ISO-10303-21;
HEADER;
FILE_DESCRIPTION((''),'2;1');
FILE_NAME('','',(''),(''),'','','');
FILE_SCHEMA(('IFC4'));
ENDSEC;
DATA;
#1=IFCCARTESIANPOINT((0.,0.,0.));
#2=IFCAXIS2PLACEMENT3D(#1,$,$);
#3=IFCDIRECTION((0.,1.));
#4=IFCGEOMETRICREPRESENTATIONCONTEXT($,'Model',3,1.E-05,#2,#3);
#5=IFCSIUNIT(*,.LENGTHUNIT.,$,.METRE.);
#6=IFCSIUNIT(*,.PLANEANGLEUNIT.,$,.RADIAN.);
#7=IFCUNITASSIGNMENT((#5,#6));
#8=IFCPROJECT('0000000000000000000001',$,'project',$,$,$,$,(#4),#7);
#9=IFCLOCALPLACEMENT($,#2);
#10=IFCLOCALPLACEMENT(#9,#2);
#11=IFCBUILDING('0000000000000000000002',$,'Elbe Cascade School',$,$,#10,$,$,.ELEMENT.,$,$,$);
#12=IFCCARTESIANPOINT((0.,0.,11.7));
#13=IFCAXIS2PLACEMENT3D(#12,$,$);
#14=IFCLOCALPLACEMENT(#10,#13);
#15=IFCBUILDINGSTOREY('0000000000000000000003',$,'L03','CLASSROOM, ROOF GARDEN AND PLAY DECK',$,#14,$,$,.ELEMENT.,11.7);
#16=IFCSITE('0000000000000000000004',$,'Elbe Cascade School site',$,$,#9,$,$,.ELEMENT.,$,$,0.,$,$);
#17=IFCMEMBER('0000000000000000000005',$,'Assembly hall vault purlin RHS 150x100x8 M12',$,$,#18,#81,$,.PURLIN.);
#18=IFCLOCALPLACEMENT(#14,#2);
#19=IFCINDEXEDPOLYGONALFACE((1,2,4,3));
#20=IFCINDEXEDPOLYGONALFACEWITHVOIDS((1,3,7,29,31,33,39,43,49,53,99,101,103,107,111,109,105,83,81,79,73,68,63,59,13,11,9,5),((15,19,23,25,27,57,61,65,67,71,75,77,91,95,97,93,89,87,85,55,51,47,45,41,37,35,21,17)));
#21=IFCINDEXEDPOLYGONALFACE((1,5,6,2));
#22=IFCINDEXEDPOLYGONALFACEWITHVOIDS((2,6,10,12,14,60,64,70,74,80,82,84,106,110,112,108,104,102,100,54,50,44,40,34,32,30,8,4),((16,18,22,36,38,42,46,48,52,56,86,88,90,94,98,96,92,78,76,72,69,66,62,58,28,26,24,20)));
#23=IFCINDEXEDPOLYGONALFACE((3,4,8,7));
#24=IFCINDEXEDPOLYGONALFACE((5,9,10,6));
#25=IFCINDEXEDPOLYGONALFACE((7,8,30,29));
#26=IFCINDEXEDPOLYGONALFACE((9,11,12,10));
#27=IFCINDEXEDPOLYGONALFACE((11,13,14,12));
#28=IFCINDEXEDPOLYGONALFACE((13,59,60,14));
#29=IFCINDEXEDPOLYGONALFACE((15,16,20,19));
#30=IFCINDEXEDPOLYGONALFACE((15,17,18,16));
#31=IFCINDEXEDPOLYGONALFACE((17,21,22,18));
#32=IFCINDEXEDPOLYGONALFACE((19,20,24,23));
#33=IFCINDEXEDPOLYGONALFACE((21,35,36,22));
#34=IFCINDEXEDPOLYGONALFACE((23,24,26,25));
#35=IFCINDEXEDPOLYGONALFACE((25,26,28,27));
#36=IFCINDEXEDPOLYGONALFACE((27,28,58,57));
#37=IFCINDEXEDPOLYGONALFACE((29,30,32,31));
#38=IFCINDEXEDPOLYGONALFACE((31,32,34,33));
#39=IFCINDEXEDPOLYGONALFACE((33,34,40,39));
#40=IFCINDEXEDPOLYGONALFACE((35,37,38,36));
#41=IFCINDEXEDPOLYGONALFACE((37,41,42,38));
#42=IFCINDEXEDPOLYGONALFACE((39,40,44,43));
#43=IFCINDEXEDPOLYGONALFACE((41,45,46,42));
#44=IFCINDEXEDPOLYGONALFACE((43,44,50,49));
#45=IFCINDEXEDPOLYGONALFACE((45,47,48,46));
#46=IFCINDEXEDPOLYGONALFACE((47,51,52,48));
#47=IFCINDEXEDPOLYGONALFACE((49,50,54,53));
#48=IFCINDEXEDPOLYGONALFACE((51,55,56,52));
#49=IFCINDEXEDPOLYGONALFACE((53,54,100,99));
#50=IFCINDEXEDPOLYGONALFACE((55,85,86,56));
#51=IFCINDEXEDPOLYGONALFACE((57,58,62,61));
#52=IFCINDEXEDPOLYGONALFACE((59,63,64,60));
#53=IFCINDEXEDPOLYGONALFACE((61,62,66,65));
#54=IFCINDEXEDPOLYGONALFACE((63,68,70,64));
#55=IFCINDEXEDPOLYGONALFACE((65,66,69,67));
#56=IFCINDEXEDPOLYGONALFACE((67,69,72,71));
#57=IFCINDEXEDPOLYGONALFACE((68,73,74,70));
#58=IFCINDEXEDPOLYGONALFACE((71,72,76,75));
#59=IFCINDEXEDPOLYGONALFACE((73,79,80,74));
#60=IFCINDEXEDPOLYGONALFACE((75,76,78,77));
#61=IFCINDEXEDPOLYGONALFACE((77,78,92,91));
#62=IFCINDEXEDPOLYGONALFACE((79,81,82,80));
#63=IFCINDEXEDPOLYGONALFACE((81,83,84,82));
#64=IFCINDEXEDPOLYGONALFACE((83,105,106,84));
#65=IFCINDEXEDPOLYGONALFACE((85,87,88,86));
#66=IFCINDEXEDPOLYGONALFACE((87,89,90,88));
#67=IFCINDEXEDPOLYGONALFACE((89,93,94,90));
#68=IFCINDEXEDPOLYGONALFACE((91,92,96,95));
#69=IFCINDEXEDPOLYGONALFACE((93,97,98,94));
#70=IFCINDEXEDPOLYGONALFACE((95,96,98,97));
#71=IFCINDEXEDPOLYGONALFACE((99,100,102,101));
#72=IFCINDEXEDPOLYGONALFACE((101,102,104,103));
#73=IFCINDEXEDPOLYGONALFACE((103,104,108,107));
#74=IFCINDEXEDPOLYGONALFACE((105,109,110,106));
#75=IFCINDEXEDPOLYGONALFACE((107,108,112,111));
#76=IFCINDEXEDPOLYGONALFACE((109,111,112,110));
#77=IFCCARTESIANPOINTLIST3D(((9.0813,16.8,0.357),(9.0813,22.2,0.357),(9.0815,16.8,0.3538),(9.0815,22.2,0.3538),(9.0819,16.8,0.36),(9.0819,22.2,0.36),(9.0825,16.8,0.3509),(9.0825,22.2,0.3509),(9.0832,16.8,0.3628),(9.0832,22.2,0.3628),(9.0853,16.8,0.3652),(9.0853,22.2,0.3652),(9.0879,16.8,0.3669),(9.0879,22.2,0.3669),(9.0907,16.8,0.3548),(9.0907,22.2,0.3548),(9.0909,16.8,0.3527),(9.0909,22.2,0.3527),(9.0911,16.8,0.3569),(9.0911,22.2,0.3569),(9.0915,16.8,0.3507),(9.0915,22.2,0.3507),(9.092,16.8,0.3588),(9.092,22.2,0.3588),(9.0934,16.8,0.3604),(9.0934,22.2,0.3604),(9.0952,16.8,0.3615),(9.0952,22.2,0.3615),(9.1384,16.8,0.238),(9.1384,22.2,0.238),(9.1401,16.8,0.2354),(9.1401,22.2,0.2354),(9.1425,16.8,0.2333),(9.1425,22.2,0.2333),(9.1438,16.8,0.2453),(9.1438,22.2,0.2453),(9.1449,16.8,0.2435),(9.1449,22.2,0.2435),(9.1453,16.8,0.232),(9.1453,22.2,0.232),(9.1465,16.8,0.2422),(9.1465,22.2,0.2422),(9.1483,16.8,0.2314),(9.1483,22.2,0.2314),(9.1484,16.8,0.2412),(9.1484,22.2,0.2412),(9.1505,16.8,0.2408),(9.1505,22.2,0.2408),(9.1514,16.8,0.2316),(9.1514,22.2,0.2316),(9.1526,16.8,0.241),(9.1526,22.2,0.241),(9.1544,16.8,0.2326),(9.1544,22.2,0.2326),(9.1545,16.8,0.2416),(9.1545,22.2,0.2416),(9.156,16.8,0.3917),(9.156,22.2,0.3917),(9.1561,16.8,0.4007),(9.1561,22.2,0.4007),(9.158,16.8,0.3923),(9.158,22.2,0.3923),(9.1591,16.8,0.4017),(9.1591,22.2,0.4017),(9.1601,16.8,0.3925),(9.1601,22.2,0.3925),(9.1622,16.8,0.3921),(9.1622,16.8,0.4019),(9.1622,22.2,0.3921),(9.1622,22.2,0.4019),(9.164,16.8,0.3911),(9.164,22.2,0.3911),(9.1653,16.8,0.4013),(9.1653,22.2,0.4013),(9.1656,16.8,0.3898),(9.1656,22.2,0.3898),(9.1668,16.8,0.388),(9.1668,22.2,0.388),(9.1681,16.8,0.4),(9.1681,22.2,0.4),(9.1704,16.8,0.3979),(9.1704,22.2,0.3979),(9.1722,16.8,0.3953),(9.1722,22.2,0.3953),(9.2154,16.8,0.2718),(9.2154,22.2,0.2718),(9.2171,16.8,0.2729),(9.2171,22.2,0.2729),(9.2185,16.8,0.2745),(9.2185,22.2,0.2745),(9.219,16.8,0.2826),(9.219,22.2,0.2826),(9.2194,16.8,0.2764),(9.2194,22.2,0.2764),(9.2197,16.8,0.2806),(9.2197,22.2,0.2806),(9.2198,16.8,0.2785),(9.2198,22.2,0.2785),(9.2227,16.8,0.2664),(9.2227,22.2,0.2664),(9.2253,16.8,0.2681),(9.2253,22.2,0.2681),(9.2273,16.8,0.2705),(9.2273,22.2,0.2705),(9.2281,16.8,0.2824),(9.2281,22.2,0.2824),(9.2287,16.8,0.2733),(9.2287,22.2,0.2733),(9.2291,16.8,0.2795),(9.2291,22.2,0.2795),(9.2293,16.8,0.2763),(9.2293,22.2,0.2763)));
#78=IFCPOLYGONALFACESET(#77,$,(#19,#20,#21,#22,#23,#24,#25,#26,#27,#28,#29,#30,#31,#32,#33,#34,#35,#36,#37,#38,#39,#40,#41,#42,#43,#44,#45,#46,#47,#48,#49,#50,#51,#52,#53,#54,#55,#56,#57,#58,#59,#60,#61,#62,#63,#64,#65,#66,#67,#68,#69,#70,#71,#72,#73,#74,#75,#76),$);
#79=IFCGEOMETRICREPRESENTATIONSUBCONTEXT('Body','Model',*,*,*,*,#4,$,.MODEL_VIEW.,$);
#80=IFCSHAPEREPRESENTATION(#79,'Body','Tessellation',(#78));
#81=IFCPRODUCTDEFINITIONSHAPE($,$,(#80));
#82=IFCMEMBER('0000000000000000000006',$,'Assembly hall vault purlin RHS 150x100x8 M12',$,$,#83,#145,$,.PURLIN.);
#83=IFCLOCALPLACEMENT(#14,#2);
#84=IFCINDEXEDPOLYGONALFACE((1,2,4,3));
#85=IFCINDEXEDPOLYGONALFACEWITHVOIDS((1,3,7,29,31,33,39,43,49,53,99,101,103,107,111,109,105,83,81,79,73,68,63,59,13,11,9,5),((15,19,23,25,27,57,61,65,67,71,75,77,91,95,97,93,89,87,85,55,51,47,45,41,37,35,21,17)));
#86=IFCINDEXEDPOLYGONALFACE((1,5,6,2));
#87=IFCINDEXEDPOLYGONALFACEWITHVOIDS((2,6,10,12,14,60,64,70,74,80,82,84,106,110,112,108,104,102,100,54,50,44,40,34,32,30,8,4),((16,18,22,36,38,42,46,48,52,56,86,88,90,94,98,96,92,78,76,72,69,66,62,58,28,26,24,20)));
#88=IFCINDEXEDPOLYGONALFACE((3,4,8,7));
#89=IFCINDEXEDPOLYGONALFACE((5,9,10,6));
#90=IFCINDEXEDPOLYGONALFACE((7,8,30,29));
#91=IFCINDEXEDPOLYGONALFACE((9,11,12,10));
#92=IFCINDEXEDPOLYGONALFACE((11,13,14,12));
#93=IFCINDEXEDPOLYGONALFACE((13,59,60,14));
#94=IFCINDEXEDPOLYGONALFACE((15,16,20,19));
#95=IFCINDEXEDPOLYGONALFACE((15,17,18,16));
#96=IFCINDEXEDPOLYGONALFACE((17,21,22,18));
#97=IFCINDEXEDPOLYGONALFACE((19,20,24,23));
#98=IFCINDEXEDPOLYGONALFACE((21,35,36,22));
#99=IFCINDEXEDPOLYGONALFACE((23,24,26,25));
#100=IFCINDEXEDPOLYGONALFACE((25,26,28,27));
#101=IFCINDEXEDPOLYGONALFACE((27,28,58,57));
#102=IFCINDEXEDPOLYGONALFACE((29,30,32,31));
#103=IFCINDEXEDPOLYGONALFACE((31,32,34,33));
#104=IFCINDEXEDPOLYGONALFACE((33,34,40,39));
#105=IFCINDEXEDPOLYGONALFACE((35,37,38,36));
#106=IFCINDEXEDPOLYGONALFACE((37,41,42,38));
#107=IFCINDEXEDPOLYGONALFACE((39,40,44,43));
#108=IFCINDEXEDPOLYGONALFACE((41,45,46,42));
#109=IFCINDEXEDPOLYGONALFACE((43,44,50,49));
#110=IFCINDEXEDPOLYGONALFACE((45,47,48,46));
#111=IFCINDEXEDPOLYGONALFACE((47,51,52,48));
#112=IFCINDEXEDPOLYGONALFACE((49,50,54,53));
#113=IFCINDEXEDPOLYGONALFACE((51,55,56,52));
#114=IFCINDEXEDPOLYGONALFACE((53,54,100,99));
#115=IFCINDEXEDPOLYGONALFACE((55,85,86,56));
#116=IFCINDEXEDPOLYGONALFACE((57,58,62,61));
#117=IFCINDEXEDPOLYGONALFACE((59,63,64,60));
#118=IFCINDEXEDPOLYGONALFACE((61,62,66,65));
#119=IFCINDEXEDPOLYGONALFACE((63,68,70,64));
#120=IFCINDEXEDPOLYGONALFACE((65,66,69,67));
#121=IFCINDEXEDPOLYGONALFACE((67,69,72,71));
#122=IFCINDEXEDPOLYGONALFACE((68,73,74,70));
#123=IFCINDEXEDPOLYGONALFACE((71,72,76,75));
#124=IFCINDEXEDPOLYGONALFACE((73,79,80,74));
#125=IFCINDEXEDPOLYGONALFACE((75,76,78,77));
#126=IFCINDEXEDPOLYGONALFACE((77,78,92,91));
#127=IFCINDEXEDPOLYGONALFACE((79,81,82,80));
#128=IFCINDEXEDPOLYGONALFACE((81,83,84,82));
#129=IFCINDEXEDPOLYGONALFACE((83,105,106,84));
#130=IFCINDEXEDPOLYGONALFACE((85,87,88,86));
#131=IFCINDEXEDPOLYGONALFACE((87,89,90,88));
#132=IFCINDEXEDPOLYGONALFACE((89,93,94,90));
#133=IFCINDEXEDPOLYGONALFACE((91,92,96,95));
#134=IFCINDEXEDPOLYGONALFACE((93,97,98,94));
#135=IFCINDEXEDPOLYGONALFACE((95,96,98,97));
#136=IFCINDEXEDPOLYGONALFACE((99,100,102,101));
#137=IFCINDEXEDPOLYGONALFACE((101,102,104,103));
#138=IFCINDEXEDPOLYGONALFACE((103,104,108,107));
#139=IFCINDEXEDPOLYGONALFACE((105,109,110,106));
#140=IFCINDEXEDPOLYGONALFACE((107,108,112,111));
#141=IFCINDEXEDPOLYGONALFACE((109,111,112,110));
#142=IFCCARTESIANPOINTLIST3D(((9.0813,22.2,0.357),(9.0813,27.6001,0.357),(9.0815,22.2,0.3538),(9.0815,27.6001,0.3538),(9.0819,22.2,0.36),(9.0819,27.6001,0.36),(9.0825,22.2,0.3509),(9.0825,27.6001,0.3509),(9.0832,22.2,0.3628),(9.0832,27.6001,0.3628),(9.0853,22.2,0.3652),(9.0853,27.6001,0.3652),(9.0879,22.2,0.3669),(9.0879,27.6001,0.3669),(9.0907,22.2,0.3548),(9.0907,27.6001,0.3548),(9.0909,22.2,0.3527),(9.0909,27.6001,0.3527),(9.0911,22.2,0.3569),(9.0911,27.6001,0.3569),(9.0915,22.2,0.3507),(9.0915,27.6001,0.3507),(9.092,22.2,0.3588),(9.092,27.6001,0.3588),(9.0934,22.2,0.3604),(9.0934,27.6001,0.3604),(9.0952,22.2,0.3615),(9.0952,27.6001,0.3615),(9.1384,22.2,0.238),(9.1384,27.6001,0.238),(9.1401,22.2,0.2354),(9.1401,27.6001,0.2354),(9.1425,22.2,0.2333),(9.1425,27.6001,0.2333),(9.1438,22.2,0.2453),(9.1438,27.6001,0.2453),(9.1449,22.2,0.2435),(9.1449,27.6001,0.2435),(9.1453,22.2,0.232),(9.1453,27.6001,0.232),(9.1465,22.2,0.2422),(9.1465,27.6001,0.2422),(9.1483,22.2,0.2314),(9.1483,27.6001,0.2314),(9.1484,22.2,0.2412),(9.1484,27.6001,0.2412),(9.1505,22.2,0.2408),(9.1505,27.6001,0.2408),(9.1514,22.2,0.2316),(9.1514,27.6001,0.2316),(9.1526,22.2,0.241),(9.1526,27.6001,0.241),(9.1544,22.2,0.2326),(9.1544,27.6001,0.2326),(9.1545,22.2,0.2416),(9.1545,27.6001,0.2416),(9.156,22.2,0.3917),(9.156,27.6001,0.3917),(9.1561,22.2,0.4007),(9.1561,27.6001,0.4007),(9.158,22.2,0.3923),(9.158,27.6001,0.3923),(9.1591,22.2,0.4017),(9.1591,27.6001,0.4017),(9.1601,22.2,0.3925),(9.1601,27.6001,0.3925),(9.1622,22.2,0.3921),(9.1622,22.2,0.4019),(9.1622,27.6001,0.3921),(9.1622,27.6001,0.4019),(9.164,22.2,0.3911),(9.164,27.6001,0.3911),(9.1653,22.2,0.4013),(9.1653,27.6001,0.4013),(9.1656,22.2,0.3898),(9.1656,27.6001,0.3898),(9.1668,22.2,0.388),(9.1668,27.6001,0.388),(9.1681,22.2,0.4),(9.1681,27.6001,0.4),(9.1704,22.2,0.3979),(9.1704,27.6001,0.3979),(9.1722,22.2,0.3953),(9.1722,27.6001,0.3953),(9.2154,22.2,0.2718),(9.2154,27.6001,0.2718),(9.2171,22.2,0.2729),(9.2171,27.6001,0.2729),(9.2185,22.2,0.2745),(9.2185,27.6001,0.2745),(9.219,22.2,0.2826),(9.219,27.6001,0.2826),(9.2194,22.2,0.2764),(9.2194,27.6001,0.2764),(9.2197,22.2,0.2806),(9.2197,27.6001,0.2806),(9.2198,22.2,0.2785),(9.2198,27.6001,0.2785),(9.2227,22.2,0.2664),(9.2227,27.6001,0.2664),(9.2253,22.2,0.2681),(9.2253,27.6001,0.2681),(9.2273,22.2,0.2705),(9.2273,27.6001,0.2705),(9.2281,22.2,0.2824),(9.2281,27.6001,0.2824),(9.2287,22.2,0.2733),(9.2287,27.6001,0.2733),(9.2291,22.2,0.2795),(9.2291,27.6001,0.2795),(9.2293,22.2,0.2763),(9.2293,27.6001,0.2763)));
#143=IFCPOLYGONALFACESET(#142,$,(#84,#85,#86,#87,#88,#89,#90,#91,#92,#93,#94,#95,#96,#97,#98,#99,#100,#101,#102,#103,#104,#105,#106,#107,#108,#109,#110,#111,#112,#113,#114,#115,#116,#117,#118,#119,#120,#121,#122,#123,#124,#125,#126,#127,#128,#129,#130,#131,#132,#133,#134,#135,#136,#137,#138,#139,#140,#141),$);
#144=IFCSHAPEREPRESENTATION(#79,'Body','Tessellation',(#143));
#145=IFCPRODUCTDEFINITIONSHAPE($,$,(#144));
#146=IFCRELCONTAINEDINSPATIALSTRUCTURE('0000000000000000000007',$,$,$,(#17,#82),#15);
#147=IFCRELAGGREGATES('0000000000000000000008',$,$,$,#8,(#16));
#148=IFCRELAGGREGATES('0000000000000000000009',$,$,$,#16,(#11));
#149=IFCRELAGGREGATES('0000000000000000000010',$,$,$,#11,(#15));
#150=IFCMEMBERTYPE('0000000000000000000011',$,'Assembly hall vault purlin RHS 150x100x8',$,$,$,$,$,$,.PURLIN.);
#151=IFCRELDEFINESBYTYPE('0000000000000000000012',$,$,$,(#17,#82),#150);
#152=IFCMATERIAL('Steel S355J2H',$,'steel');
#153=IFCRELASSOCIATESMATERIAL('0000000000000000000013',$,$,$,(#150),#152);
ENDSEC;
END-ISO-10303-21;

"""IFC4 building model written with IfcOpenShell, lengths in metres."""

from ifc_helpers import new_model, si_unit, direction, frame, origin, origin_2d, place, context, subcontext, project, spatial, hollow_rectangle, extrude, material, material_profile, profile_set, type_object, element, save


model = new_model("IFC4")

# Units and contexts
model_context = context("Model", 3, precision=1e-05, world=origin(), true_north=direction((0.0, 1.0)))
body_context = subcontext(model_context, "Body", "Model", "MODEL_VIEW")
ifc_project = project(units=[si_unit("LENGTHUNIT", "METRE"), si_unit("PLANEANGLEUNIT", "RADIAN")], contexts=[model_context])

# Site, building, storey
site_placement = place(None, origin())
site = spatial("IfcSite", under=ifc_project, at=site_placement, Name="Elbe Cascade School site", CompositionType="ELEMENT", RefElevation=0.0)
building_placement = place(site_placement, origin())
building = spatial("IfcBuilding", under=site, at=building_placement, Name="Elbe Cascade School", CompositionType="ELEMENT")
storey_placement = place(building_placement, frame((0.0, 0.0, 11.7)))
storey = spatial("IfcBuildingStorey", under=building, at=storey_placement, Name="L03", Description="CLASSROOM, ROOF GARDEN AND PLAY DECK", CompositionType="ELEMENT", Elevation=11.7)

# Members
ifc_material_1 = material(Name="Steel S355J2H", Category="steel")
ifc_material_profile_1 = material_profile(ifc_material_1, hollow_rectangle(XDim=0.1001, YDim=0.1499, WallThickness=0.0081, InnerFilletRadius=0.0081, OuterFilletRadius=0.012, at=origin_2d()), Name="RHS 150x100x8")
ifc_profile_set_1 = profile_set([ifc_material_profile_1], Name="Steel S355J2H")
member_type_1 = type_object("IfcMemberType", Name="Assembly hall vault purlin RHS 150x100x8", PredefinedType="PURLIN", material=ifc_profile_set_1)
member_1_placement = place(storey_placement, frame((9.1553, 16.8, 0.3167), z_axis=(0.0, 1.0, 0.0), x_axis=(-0.896139, 0.0, -0.443774)))
element("IfcMember", 1, at=member_1_placement, inside=storey, type_object=member_type_1, Name="Assembly hall vault purlin RHS 150x100x8 M12", PredefinedType="PURLIN", context=body_context, shape_type="SweptSolid", body=[
    extrude(hollow_rectangle(XDim=0.1001, YDim=0.1499, WallThickness=0.0081, InnerFilletRadius=0.0081, OuterFilletRadius=0.012, at=origin_2d()), origin(), (0.0, 0.0, 1.0), 5.3999),
])
member_2_placement = place(storey_placement, frame((9.1553, 22.2, 0.3167), z_axis=(0.0, 1.0, 0.0), x_axis=(-0.896139, 0.0, -0.443774)))
element("IfcMember", 2, at=member_2_placement, inside=storey, type_object=member_type_1, Name="Assembly hall vault purlin RHS 150x100x8 M12", PredefinedType="PURLIN", context=body_context, shape_type="SweptSolid", body=[
    extrude(hollow_rectangle(XDim=0.1001, YDim=0.1499, WallThickness=0.0081, InnerFilletRadius=0.0081, OuterFilletRadius=0.012, at=origin_2d()), origin(), (0.0, 0.0, 1.0), 5.4001),
])

save(model, "model.ifc")
